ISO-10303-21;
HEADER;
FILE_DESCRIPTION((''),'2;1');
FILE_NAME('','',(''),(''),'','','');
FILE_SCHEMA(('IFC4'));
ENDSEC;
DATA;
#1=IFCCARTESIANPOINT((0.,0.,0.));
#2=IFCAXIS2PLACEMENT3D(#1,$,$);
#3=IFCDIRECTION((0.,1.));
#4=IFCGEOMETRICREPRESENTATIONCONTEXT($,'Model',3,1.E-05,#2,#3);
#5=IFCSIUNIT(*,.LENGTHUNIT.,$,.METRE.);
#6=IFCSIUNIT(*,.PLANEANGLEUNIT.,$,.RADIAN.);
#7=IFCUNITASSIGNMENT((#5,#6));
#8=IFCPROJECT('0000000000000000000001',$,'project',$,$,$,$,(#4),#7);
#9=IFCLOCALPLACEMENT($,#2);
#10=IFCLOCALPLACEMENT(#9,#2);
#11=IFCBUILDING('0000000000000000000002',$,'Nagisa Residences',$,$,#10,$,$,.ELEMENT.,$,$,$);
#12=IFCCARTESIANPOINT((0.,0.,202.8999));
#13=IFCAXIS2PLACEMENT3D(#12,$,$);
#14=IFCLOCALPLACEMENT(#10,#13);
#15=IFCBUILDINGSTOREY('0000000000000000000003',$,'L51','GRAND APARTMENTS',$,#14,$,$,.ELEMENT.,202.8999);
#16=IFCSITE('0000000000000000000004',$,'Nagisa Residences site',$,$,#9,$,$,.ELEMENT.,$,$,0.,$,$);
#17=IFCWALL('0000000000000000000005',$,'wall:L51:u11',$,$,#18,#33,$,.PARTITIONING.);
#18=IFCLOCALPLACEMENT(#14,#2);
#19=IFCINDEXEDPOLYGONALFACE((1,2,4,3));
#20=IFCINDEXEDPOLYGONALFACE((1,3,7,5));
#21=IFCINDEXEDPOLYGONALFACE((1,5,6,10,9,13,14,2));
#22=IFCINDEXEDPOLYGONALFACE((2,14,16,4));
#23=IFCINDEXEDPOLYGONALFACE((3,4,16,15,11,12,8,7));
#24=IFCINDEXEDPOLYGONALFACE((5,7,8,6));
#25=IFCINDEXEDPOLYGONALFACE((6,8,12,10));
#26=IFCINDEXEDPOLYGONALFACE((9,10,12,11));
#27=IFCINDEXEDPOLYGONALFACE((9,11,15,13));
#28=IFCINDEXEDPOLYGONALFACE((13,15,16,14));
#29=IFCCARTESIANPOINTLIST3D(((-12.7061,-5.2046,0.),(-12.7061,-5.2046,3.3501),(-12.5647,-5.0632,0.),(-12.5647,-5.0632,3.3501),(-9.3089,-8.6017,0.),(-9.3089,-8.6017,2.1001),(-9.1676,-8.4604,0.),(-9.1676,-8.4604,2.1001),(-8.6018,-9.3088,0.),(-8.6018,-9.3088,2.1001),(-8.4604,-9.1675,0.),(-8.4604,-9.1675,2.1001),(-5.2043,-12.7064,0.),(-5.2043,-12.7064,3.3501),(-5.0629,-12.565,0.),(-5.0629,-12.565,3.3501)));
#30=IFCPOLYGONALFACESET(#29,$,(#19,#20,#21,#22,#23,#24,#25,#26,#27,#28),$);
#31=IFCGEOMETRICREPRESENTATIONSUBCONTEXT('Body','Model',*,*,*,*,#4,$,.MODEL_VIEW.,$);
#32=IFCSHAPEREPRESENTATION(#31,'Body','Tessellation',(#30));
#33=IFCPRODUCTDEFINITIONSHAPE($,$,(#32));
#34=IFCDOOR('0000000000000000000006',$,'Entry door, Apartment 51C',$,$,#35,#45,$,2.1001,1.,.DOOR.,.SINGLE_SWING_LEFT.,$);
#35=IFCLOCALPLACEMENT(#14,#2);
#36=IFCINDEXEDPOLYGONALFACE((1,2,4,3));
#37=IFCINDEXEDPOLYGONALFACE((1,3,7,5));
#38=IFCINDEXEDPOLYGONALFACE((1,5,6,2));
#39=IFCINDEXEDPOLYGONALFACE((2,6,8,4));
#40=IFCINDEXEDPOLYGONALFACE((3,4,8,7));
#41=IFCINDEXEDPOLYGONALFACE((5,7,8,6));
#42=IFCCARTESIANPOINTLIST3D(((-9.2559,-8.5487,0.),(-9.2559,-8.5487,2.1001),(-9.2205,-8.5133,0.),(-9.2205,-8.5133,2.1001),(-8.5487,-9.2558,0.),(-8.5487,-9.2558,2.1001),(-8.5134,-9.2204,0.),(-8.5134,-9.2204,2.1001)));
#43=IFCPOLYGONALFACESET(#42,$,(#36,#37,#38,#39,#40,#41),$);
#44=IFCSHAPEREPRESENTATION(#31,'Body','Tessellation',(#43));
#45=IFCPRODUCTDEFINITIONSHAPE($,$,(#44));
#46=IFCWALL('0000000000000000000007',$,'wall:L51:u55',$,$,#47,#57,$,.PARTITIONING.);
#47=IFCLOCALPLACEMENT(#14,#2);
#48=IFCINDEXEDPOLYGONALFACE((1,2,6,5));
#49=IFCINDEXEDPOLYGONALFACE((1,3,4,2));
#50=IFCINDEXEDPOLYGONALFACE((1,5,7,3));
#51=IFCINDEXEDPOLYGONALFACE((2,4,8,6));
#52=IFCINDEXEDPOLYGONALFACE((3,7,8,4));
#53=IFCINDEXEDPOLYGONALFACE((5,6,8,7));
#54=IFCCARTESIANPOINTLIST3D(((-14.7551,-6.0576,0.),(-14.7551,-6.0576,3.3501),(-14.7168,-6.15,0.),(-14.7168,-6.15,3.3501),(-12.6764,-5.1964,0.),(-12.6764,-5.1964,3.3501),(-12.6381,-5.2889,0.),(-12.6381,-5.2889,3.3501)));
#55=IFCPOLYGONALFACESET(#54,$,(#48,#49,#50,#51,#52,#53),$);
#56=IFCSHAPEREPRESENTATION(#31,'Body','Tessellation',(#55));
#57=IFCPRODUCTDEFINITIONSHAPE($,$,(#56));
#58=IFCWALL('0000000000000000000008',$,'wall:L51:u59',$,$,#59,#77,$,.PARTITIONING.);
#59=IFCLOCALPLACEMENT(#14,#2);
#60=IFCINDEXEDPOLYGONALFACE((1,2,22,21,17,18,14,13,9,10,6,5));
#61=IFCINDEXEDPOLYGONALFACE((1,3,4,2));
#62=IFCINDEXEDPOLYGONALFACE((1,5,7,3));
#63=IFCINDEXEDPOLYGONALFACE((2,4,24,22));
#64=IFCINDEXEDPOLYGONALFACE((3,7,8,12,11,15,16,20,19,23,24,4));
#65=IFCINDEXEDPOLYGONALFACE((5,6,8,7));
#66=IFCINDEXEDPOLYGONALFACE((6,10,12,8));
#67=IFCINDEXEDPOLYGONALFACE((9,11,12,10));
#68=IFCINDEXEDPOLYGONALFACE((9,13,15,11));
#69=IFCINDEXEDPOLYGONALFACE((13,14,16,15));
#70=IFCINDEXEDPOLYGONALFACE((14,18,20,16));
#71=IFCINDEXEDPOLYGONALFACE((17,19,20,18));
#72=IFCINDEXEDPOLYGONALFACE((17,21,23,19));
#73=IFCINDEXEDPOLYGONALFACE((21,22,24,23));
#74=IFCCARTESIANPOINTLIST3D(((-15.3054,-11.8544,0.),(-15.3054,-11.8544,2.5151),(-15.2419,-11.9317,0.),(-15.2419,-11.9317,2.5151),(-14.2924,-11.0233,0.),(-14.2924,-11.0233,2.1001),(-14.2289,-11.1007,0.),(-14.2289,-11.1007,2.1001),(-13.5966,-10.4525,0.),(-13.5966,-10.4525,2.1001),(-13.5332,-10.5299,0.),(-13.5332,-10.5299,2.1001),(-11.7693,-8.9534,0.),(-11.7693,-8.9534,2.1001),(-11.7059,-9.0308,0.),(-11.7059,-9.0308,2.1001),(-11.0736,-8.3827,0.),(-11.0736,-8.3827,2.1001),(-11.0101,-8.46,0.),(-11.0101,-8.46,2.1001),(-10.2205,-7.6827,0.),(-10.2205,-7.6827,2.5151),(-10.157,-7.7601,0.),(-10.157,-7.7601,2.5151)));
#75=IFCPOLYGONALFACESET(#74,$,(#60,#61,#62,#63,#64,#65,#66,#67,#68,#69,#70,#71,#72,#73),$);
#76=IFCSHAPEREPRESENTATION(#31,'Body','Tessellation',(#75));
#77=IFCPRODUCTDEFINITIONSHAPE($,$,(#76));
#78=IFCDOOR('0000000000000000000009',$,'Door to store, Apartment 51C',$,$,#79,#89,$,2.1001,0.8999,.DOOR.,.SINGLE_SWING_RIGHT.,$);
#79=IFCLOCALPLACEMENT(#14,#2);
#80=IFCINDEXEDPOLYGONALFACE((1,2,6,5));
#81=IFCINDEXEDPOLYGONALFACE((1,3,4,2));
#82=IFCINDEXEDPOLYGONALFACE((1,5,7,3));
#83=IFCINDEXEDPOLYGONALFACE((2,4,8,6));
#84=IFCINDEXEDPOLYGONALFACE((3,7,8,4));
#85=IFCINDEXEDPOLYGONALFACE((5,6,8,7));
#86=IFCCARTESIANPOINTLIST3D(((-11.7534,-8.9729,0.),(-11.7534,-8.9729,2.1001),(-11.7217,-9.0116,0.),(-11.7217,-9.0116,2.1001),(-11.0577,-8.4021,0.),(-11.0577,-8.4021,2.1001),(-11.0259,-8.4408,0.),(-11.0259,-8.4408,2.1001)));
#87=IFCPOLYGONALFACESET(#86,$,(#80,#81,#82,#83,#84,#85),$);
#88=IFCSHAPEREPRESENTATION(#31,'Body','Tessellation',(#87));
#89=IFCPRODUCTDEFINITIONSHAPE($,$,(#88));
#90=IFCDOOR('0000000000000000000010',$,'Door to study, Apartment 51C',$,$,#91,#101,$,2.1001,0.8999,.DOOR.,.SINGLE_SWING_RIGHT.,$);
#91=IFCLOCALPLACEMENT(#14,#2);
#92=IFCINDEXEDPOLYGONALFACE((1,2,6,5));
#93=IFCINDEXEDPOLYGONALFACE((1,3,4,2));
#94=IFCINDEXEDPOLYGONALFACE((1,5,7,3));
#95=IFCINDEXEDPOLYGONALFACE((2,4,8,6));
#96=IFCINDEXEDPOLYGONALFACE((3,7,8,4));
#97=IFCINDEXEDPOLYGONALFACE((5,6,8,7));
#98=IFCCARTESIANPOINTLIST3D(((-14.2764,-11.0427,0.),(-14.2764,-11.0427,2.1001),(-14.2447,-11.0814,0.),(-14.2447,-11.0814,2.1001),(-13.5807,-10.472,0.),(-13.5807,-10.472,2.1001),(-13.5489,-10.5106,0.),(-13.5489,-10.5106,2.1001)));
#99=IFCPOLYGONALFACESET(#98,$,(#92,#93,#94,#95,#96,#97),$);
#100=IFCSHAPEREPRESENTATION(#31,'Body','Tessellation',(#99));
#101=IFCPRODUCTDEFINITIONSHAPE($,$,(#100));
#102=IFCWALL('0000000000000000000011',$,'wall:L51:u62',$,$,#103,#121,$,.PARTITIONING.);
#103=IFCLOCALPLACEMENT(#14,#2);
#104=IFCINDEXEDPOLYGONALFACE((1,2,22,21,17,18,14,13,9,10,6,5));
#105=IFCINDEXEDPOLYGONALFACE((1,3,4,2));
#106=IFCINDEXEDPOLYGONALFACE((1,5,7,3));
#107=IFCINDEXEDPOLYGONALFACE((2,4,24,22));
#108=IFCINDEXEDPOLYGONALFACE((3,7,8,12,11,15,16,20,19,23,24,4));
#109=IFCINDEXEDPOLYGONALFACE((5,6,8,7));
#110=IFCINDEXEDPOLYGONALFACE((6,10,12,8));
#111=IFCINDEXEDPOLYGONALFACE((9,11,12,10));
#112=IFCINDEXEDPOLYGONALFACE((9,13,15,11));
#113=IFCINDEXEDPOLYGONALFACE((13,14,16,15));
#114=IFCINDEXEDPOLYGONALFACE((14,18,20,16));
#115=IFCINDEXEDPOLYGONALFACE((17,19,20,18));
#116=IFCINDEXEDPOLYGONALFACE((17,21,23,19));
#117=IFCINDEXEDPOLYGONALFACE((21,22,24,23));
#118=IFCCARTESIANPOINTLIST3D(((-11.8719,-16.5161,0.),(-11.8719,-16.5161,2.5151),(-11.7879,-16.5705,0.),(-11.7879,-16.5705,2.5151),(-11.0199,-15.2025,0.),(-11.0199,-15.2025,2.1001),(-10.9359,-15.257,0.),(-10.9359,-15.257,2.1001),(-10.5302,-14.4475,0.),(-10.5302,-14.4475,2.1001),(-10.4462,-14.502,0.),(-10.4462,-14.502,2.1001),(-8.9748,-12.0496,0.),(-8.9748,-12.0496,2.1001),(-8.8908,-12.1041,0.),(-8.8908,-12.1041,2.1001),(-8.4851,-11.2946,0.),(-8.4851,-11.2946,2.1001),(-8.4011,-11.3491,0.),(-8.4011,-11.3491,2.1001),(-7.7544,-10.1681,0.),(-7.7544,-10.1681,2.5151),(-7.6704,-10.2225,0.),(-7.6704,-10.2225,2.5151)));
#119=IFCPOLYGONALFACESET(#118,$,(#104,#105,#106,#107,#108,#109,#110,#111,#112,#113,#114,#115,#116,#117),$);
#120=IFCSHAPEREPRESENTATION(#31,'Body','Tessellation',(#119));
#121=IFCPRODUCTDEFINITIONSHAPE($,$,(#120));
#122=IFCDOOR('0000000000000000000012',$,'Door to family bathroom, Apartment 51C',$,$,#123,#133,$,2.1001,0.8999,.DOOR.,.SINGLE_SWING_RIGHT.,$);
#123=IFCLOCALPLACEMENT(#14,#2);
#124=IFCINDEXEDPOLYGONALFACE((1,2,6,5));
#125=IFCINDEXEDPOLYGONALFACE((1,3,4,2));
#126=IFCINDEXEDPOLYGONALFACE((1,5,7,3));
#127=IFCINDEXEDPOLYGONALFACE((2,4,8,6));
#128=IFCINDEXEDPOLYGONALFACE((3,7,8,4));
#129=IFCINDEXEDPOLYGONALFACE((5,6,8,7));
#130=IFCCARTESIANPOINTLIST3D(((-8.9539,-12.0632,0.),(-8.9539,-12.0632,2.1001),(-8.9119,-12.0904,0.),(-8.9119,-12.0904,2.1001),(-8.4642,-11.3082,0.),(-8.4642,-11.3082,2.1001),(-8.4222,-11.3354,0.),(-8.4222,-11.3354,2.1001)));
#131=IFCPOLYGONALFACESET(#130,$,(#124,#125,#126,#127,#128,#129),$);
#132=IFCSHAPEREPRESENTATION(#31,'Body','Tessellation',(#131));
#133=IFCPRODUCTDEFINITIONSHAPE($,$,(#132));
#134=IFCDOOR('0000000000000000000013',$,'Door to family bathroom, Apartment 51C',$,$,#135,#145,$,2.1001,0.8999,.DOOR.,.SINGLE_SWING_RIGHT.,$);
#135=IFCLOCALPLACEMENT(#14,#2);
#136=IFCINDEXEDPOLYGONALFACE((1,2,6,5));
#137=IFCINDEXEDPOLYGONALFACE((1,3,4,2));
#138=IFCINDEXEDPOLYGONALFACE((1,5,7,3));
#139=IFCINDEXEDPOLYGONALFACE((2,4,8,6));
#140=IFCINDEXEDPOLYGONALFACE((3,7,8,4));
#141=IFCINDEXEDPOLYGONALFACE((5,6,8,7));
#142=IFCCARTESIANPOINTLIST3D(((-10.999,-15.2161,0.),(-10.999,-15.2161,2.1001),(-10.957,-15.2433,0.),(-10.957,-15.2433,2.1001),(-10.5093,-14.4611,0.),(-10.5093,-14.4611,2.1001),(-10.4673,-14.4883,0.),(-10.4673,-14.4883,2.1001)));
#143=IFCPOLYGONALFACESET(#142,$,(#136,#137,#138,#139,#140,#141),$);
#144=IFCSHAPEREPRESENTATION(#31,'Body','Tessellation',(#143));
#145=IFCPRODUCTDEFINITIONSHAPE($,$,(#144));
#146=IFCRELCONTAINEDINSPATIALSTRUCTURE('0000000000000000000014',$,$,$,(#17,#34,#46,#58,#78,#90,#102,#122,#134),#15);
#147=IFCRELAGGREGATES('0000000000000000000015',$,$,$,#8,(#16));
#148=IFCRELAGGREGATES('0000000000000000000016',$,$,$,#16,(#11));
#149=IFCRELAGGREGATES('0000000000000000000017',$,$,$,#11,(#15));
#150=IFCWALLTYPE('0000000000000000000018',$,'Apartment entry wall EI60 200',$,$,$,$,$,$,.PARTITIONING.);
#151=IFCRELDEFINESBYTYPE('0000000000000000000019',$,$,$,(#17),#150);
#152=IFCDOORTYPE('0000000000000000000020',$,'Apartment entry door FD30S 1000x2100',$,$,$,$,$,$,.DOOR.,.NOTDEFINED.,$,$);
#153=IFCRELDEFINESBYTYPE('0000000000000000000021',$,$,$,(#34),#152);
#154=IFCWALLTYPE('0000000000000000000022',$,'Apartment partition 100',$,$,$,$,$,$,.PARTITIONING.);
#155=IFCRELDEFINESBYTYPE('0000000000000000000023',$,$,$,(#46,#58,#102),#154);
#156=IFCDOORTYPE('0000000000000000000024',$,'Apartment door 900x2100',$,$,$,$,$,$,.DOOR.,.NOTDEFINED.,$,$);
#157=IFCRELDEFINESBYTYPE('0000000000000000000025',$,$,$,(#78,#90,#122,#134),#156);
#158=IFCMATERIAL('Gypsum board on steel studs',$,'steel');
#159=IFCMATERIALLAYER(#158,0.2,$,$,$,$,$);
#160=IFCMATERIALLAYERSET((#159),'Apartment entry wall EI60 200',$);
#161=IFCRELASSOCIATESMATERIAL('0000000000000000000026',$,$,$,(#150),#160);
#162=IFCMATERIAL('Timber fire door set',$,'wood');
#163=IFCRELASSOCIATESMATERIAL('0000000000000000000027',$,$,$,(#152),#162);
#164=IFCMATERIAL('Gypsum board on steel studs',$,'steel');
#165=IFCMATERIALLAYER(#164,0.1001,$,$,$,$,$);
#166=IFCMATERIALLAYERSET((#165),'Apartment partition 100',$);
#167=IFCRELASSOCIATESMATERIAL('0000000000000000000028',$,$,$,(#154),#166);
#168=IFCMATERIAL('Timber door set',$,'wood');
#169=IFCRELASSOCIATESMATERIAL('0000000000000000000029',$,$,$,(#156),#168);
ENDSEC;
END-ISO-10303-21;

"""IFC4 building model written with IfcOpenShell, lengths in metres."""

from ifc_helpers import new_model, si_unit, direction, frame, frame_2d, origin, place, context, subcontext, project, spatial, rectangle, extrude, material, layer, layer_set, type_object, element, fill, save


model = new_model("IFC4")

# Units and contexts
model_context = context("Model", 3, precision=1e-05, world=origin(), true_north=direction((0.0, 1.0)))
body_context = subcontext(model_context, "Body", "Model", "MODEL_VIEW")
ifc_project = project(units=[si_unit("LENGTHUNIT", "METRE"), si_unit("PLANEANGLEUNIT", "RADIAN")], contexts=[model_context])

# Site, building, storey
site_placement = place(None, origin())
site = spatial("IfcSite", under=ifc_project, at=site_placement, Name="Nagisa Residences site", CompositionType="ELEMENT", RefElevation=0.0)
building_placement = place(site_placement, origin())
building = spatial("IfcBuilding", under=site, at=building_placement, Name="Nagisa Residences", CompositionType="ELEMENT")
storey_placement = place(building_placement, frame((0.0, 0.0, 202.8999)))
storey = spatial("IfcBuildingStorey", under=building, at=storey_placement, Name="L51", Description="GRAND APARTMENTS", CompositionType="ELEMENT", Elevation=202.8999)

# Wall, opening, door
ifc_material_1 = material(Name="Gypsum board on steel studs", Category="steel")
ifc_layer_1 = layer(ifc_material_1, 0.2)
ifc_layer_set_1 = layer_set([ifc_layer_1], Name="Apartment entry wall EI60 200")
wall_type_1 = type_object("IfcWallType", Name="Apartment entry wall EI60 200", PredefinedType="PARTITIONING", material=ifc_layer_set_1)
wall_1_placement = place(storey_placement, frame((-12.6355, -5.1338, 0.0), z_axis=(0.0, 0.0, 1.0), x_axis=(0.707107, -0.707107, 0.0)))
wall_1 = element("IfcWall", 1, at=wall_1_placement, inside=storey, type_object=wall_type_1, Name="wall:L51:u11", PredefinedType="PARTITIONING", context=body_context, shape_type="SweptSolid", body=[
    extrude(rectangle(XDim=10.6091, YDim=0.2, at=frame_2d((5.3047, 0.0))), origin(), (0.0, 0.0, 1.0), 3.3501),
])
opening_1_placement = place(wall_1_placement, frame((4.8044, 0.0, 0.0)))
opening_1 = element("IfcOpeningElement", 2, at=opening_1_placement, cuts=wall_1, PredefinedType="OPENING", context=body_context, shape_type="SweptSolid", body=[
    extrude(rectangle(XDim=1.0, YDim=2.1001, at=frame_2d((0.5, 1.05))), frame((0.0, 0.1099, 0.0), z_axis=(0.0, -1.0, 0.0), x_axis=(1.0, 0.0, 0.0)), (0.0, 0.0, 1.0), 0.22),
])
ifc_material_2 = material(Name="Timber fire door set", Category="wood")
door_type_1 = type_object("IfcDoorType", Name="Apartment entry door FD30S 1000x2100", OperationType="NOTDEFINED", PredefinedType="DOOR", material=ifc_material_2)
door_1_placement = place(opening_1_placement, frame((1.0, 0.0, 0.0), x_axis=(-1.0, 0.0, 0.0)))
door_1 = element("IfcDoor", 3, at=door_1_placement, inside=storey, type_object=door_type_1, Name="Entry door, Apartment 51C", OperationType="SINGLE_SWING_LEFT", OverallHeight=2.1001, OverallWidth=1.0, PredefinedType="DOOR", context=body_context, shape_type="SweptSolid", body=[
    extrude(rectangle(XDim=1.0, YDim=2.1001, at=frame_2d((0.5, 1.05))), frame((0.0, 0.0249, 0.0), z_axis=(0.0, -1.0, 0.0), x_axis=(1.0, 0.0, 0.0)), (0.0, 0.0, 1.0), 0.05),
])
fill(opening_1, door_1)

# Wall
ifc_material_3 = material(Name="Gypsum board on steel studs", Category="steel")
ifc_layer_2 = layer(ifc_material_3, 0.1001)
ifc_layer_set_2 = layer_set([ifc_layer_2], Name="Apartment partition 100")
wall_type_2 = type_object("IfcWallType", Name="Apartment partition 100", PredefinedType="PARTITIONING", material=ifc_layer_set_2)
wall_2_placement = place(storey_placement, frame((-12.6572, -5.2427, 0.0), z_axis=(0.0, 0.0, 1.0), x_axis=(-0.923865, -0.382719, 0.0)))
element("IfcWall", 4, at=wall_2_placement, inside=storey, type_object=wall_type_2, Name="wall:L51:u55", PredefinedType="PARTITIONING", context=body_context, shape_type="SweptSolid", body=[
    extrude(rectangle(XDim=2.25, YDim=0.1001, at=frame_2d((1.125, 0.0))), origin(), (0.0, 0.0, 1.0), 3.3501),
])

# Walls, openings, doors
wall_3_placement = place(storey_placement, frame((-10.1887, -7.7214, 0.0), z_axis=(0.0, 0.0, 1.0), x_axis=(-0.773121, -0.634258, 0.0)))
wall_3 = element("IfcWall", 5, at=wall_3_placement, inside=storey, type_object=wall_type_2, Name="wall:L51:u59", PredefinedType="PARTITIONING", context=body_context, shape_type="SweptSolid", body=[
    extrude(rectangle(XDim=6.5771, YDim=0.1001, at=frame_2d((3.2886, 0.0))), origin(), (0.0, 0.0, 1.0), 2.5151),
])
opening_2_placement = place(wall_3_placement, frame((1.1035, 0.0, 0.0)))
opening_2 = element("IfcOpeningElement", 6, at=opening_2_placement, cuts=wall_3, PredefinedType="OPENING", context=body_context, shape_type="SweptSolid", body=[
    extrude(rectangle(XDim=0.8999, YDim=2.1001, at=frame_2d((0.45, 1.05))), frame((0.0, 0.0601, 0.0), z_axis=(0.0, -1.0, 0.0), x_axis=(1.0, 0.0, 0.0)), (0.0, 0.0, 1.0), 0.1201),
])
opening_3_placement = place(wall_3_placement, frame((4.3669, 0.0, 0.0)))
opening_3 = element("IfcOpeningElement", 7, at=opening_3_placement, cuts=wall_3, PredefinedType="OPENING", context=body_context, shape_type="SweptSolid", body=[
    extrude(rectangle(XDim=0.8999, YDim=2.1001, at=frame_2d((0.45, 1.05))), frame((0.0, 0.0601, 0.0), z_axis=(0.0, -1.0, 0.0), x_axis=(1.0, 0.0, 0.0)), (0.0, 0.0, 1.0), 0.1201),
])
ifc_material_4 = material(Name="Timber door set", Category="wood")
door_type_2 = type_object("IfcDoorType", Name="Apartment door 900x2100", OperationType="NOTDEFINED", PredefinedType="DOOR", material=ifc_material_4)
door_2_placement = place(opening_2_placement, frame((0.8999, 0.0, 0.0), x_axis=(-1.0, 0.0, 0.0)))
door_2 = element("IfcDoor", 8, at=door_2_placement, inside=storey, type_object=door_type_2, Name="Door to store, Apartment 51C", OperationType="SINGLE_SWING_RIGHT", OverallHeight=2.1001, OverallWidth=0.8999, PredefinedType="DOOR", context=body_context, shape_type="SweptSolid", body=[
    extrude(rectangle(XDim=0.8999, YDim=2.1001, at=frame_2d((0.45, 1.05))), frame((0.0, 0.0249, 0.0), z_axis=(0.0, -1.0, 0.0), x_axis=(1.0, 0.0, 0.0)), (0.0, 0.0, 1.0), 0.05),
])
fill(opening_2, door_2)
door_3_placement = place(opening_3_placement, frame((0.8999, 0.0, 0.0), x_axis=(-1.0, 0.0, 0.0)))
door_3 = element("IfcDoor", 9, at=door_3_placement, inside=storey, type_object=door_type_2, Name="Door to study, Apartment 51C", OperationType="SINGLE_SWING_RIGHT", OverallHeight=2.1001, OverallWidth=0.8999, PredefinedType="DOOR", context=body_context, shape_type="SweptSolid", body=[
    extrude(rectangle(XDim=0.8999, YDim=2.1001, at=frame_2d((0.45, 1.05))), frame((0.0, 0.0249, 0.0), z_axis=(0.0, -1.0, 0.0), x_axis=(1.0, 0.0, 0.0)), (0.0, 0.0, 1.0), 0.05),
])
fill(opening_3, door_3)
wall_4_placement = place(storey_placement, frame((-7.7124, -10.1953, 0.0), z_axis=(0.0, 0.0, 1.0), x_axis=(-0.544179, -0.838969, 0.0)))
wall_4 = element("IfcWall", 10, at=wall_4_placement, inside=storey, type_object=wall_type_2, Name="wall:L51:u62", PredefinedType="PARTITIONING", context=body_context, shape_type="SweptSolid", body=[
    extrude(rectangle(XDim=7.5664, YDim=0.1001, at=frame_2d((3.7832, 0.0))), origin(), (0.0, 0.0, 1.0), 2.5151),
])
opening_4_placement = place(wall_4_placement, frame((1.3428, 0.0, 0.0)))
opening_4 = element("IfcOpeningElement", 11, at=opening_4_placement, cuts=wall_4, PredefinedType="OPENING", context=body_context, shape_type="SweptSolid", body=[
    extrude(rectangle(XDim=0.8999, YDim=2.1001, at=frame_2d((0.45, 1.05))), frame((0.0, 0.0601, 0.0), z_axis=(0.0, -1.0, 0.0), x_axis=(1.0, 0.0, 0.0)), (0.0, 0.0, 1.0), 0.1201),
])
opening_5_placement = place(wall_4_placement, frame((5.1008, 0.0, 0.0)))
opening_5 = element("IfcOpeningElement", 12, at=opening_5_placement, cuts=wall_4, PredefinedType="OPENING", context=body_context, shape_type="SweptSolid", body=[
    extrude(rectangle(XDim=0.8999, YDim=2.1001, at=frame_2d((0.45, 1.05))), frame((0.0, 0.0601, 0.0), z_axis=(0.0, -1.0, 0.0), x_axis=(1.0, 0.0, 0.0)), (0.0, 0.0, 1.0), 0.1201),
])
door_4_placement = place(opening_4_placement, origin())
door_4 = element("IfcDoor", 13, at=door_4_placement, inside=storey, type_object=door_type_2, Name="Door to family bathroom, Apartment 51C", OperationType="SINGLE_SWING_RIGHT", OverallHeight=2.1001, OverallWidth=0.8999, PredefinedType="DOOR", context=body_context, shape_type="SweptSolid", body=[
    extrude(rectangle(XDim=0.8999, YDim=2.1001, at=frame_2d((0.45, 1.05))), frame((0.0, 0.0249, 0.0), z_axis=(0.0, -1.0, 0.0), x_axis=(1.0, 0.0, 0.0)), (0.0, 0.0, 1.0), 0.05),
])
fill(opening_4, door_4)
door_5_placement = place(opening_5_placement, origin())
door_5 = element("IfcDoor", 14, at=door_5_placement, inside=storey, type_object=door_type_2, Name="Door to family bathroom, Apartment 51C", OperationType="SINGLE_SWING_RIGHT", OverallHeight=2.1001, OverallWidth=0.8999, PredefinedType="DOOR", context=body_context, shape_type="SweptSolid", body=[
    extrude(rectangle(XDim=0.8999, YDim=2.1001, at=frame_2d((0.45, 1.05))), frame((0.0, 0.0249, 0.0), z_axis=(0.0, -1.0, 0.0), x_axis=(1.0, 0.0, 0.0)), (0.0, 0.0, 1.0), 0.05),
])
fill(opening_5, door_5)

save(model, "model.ifc")
